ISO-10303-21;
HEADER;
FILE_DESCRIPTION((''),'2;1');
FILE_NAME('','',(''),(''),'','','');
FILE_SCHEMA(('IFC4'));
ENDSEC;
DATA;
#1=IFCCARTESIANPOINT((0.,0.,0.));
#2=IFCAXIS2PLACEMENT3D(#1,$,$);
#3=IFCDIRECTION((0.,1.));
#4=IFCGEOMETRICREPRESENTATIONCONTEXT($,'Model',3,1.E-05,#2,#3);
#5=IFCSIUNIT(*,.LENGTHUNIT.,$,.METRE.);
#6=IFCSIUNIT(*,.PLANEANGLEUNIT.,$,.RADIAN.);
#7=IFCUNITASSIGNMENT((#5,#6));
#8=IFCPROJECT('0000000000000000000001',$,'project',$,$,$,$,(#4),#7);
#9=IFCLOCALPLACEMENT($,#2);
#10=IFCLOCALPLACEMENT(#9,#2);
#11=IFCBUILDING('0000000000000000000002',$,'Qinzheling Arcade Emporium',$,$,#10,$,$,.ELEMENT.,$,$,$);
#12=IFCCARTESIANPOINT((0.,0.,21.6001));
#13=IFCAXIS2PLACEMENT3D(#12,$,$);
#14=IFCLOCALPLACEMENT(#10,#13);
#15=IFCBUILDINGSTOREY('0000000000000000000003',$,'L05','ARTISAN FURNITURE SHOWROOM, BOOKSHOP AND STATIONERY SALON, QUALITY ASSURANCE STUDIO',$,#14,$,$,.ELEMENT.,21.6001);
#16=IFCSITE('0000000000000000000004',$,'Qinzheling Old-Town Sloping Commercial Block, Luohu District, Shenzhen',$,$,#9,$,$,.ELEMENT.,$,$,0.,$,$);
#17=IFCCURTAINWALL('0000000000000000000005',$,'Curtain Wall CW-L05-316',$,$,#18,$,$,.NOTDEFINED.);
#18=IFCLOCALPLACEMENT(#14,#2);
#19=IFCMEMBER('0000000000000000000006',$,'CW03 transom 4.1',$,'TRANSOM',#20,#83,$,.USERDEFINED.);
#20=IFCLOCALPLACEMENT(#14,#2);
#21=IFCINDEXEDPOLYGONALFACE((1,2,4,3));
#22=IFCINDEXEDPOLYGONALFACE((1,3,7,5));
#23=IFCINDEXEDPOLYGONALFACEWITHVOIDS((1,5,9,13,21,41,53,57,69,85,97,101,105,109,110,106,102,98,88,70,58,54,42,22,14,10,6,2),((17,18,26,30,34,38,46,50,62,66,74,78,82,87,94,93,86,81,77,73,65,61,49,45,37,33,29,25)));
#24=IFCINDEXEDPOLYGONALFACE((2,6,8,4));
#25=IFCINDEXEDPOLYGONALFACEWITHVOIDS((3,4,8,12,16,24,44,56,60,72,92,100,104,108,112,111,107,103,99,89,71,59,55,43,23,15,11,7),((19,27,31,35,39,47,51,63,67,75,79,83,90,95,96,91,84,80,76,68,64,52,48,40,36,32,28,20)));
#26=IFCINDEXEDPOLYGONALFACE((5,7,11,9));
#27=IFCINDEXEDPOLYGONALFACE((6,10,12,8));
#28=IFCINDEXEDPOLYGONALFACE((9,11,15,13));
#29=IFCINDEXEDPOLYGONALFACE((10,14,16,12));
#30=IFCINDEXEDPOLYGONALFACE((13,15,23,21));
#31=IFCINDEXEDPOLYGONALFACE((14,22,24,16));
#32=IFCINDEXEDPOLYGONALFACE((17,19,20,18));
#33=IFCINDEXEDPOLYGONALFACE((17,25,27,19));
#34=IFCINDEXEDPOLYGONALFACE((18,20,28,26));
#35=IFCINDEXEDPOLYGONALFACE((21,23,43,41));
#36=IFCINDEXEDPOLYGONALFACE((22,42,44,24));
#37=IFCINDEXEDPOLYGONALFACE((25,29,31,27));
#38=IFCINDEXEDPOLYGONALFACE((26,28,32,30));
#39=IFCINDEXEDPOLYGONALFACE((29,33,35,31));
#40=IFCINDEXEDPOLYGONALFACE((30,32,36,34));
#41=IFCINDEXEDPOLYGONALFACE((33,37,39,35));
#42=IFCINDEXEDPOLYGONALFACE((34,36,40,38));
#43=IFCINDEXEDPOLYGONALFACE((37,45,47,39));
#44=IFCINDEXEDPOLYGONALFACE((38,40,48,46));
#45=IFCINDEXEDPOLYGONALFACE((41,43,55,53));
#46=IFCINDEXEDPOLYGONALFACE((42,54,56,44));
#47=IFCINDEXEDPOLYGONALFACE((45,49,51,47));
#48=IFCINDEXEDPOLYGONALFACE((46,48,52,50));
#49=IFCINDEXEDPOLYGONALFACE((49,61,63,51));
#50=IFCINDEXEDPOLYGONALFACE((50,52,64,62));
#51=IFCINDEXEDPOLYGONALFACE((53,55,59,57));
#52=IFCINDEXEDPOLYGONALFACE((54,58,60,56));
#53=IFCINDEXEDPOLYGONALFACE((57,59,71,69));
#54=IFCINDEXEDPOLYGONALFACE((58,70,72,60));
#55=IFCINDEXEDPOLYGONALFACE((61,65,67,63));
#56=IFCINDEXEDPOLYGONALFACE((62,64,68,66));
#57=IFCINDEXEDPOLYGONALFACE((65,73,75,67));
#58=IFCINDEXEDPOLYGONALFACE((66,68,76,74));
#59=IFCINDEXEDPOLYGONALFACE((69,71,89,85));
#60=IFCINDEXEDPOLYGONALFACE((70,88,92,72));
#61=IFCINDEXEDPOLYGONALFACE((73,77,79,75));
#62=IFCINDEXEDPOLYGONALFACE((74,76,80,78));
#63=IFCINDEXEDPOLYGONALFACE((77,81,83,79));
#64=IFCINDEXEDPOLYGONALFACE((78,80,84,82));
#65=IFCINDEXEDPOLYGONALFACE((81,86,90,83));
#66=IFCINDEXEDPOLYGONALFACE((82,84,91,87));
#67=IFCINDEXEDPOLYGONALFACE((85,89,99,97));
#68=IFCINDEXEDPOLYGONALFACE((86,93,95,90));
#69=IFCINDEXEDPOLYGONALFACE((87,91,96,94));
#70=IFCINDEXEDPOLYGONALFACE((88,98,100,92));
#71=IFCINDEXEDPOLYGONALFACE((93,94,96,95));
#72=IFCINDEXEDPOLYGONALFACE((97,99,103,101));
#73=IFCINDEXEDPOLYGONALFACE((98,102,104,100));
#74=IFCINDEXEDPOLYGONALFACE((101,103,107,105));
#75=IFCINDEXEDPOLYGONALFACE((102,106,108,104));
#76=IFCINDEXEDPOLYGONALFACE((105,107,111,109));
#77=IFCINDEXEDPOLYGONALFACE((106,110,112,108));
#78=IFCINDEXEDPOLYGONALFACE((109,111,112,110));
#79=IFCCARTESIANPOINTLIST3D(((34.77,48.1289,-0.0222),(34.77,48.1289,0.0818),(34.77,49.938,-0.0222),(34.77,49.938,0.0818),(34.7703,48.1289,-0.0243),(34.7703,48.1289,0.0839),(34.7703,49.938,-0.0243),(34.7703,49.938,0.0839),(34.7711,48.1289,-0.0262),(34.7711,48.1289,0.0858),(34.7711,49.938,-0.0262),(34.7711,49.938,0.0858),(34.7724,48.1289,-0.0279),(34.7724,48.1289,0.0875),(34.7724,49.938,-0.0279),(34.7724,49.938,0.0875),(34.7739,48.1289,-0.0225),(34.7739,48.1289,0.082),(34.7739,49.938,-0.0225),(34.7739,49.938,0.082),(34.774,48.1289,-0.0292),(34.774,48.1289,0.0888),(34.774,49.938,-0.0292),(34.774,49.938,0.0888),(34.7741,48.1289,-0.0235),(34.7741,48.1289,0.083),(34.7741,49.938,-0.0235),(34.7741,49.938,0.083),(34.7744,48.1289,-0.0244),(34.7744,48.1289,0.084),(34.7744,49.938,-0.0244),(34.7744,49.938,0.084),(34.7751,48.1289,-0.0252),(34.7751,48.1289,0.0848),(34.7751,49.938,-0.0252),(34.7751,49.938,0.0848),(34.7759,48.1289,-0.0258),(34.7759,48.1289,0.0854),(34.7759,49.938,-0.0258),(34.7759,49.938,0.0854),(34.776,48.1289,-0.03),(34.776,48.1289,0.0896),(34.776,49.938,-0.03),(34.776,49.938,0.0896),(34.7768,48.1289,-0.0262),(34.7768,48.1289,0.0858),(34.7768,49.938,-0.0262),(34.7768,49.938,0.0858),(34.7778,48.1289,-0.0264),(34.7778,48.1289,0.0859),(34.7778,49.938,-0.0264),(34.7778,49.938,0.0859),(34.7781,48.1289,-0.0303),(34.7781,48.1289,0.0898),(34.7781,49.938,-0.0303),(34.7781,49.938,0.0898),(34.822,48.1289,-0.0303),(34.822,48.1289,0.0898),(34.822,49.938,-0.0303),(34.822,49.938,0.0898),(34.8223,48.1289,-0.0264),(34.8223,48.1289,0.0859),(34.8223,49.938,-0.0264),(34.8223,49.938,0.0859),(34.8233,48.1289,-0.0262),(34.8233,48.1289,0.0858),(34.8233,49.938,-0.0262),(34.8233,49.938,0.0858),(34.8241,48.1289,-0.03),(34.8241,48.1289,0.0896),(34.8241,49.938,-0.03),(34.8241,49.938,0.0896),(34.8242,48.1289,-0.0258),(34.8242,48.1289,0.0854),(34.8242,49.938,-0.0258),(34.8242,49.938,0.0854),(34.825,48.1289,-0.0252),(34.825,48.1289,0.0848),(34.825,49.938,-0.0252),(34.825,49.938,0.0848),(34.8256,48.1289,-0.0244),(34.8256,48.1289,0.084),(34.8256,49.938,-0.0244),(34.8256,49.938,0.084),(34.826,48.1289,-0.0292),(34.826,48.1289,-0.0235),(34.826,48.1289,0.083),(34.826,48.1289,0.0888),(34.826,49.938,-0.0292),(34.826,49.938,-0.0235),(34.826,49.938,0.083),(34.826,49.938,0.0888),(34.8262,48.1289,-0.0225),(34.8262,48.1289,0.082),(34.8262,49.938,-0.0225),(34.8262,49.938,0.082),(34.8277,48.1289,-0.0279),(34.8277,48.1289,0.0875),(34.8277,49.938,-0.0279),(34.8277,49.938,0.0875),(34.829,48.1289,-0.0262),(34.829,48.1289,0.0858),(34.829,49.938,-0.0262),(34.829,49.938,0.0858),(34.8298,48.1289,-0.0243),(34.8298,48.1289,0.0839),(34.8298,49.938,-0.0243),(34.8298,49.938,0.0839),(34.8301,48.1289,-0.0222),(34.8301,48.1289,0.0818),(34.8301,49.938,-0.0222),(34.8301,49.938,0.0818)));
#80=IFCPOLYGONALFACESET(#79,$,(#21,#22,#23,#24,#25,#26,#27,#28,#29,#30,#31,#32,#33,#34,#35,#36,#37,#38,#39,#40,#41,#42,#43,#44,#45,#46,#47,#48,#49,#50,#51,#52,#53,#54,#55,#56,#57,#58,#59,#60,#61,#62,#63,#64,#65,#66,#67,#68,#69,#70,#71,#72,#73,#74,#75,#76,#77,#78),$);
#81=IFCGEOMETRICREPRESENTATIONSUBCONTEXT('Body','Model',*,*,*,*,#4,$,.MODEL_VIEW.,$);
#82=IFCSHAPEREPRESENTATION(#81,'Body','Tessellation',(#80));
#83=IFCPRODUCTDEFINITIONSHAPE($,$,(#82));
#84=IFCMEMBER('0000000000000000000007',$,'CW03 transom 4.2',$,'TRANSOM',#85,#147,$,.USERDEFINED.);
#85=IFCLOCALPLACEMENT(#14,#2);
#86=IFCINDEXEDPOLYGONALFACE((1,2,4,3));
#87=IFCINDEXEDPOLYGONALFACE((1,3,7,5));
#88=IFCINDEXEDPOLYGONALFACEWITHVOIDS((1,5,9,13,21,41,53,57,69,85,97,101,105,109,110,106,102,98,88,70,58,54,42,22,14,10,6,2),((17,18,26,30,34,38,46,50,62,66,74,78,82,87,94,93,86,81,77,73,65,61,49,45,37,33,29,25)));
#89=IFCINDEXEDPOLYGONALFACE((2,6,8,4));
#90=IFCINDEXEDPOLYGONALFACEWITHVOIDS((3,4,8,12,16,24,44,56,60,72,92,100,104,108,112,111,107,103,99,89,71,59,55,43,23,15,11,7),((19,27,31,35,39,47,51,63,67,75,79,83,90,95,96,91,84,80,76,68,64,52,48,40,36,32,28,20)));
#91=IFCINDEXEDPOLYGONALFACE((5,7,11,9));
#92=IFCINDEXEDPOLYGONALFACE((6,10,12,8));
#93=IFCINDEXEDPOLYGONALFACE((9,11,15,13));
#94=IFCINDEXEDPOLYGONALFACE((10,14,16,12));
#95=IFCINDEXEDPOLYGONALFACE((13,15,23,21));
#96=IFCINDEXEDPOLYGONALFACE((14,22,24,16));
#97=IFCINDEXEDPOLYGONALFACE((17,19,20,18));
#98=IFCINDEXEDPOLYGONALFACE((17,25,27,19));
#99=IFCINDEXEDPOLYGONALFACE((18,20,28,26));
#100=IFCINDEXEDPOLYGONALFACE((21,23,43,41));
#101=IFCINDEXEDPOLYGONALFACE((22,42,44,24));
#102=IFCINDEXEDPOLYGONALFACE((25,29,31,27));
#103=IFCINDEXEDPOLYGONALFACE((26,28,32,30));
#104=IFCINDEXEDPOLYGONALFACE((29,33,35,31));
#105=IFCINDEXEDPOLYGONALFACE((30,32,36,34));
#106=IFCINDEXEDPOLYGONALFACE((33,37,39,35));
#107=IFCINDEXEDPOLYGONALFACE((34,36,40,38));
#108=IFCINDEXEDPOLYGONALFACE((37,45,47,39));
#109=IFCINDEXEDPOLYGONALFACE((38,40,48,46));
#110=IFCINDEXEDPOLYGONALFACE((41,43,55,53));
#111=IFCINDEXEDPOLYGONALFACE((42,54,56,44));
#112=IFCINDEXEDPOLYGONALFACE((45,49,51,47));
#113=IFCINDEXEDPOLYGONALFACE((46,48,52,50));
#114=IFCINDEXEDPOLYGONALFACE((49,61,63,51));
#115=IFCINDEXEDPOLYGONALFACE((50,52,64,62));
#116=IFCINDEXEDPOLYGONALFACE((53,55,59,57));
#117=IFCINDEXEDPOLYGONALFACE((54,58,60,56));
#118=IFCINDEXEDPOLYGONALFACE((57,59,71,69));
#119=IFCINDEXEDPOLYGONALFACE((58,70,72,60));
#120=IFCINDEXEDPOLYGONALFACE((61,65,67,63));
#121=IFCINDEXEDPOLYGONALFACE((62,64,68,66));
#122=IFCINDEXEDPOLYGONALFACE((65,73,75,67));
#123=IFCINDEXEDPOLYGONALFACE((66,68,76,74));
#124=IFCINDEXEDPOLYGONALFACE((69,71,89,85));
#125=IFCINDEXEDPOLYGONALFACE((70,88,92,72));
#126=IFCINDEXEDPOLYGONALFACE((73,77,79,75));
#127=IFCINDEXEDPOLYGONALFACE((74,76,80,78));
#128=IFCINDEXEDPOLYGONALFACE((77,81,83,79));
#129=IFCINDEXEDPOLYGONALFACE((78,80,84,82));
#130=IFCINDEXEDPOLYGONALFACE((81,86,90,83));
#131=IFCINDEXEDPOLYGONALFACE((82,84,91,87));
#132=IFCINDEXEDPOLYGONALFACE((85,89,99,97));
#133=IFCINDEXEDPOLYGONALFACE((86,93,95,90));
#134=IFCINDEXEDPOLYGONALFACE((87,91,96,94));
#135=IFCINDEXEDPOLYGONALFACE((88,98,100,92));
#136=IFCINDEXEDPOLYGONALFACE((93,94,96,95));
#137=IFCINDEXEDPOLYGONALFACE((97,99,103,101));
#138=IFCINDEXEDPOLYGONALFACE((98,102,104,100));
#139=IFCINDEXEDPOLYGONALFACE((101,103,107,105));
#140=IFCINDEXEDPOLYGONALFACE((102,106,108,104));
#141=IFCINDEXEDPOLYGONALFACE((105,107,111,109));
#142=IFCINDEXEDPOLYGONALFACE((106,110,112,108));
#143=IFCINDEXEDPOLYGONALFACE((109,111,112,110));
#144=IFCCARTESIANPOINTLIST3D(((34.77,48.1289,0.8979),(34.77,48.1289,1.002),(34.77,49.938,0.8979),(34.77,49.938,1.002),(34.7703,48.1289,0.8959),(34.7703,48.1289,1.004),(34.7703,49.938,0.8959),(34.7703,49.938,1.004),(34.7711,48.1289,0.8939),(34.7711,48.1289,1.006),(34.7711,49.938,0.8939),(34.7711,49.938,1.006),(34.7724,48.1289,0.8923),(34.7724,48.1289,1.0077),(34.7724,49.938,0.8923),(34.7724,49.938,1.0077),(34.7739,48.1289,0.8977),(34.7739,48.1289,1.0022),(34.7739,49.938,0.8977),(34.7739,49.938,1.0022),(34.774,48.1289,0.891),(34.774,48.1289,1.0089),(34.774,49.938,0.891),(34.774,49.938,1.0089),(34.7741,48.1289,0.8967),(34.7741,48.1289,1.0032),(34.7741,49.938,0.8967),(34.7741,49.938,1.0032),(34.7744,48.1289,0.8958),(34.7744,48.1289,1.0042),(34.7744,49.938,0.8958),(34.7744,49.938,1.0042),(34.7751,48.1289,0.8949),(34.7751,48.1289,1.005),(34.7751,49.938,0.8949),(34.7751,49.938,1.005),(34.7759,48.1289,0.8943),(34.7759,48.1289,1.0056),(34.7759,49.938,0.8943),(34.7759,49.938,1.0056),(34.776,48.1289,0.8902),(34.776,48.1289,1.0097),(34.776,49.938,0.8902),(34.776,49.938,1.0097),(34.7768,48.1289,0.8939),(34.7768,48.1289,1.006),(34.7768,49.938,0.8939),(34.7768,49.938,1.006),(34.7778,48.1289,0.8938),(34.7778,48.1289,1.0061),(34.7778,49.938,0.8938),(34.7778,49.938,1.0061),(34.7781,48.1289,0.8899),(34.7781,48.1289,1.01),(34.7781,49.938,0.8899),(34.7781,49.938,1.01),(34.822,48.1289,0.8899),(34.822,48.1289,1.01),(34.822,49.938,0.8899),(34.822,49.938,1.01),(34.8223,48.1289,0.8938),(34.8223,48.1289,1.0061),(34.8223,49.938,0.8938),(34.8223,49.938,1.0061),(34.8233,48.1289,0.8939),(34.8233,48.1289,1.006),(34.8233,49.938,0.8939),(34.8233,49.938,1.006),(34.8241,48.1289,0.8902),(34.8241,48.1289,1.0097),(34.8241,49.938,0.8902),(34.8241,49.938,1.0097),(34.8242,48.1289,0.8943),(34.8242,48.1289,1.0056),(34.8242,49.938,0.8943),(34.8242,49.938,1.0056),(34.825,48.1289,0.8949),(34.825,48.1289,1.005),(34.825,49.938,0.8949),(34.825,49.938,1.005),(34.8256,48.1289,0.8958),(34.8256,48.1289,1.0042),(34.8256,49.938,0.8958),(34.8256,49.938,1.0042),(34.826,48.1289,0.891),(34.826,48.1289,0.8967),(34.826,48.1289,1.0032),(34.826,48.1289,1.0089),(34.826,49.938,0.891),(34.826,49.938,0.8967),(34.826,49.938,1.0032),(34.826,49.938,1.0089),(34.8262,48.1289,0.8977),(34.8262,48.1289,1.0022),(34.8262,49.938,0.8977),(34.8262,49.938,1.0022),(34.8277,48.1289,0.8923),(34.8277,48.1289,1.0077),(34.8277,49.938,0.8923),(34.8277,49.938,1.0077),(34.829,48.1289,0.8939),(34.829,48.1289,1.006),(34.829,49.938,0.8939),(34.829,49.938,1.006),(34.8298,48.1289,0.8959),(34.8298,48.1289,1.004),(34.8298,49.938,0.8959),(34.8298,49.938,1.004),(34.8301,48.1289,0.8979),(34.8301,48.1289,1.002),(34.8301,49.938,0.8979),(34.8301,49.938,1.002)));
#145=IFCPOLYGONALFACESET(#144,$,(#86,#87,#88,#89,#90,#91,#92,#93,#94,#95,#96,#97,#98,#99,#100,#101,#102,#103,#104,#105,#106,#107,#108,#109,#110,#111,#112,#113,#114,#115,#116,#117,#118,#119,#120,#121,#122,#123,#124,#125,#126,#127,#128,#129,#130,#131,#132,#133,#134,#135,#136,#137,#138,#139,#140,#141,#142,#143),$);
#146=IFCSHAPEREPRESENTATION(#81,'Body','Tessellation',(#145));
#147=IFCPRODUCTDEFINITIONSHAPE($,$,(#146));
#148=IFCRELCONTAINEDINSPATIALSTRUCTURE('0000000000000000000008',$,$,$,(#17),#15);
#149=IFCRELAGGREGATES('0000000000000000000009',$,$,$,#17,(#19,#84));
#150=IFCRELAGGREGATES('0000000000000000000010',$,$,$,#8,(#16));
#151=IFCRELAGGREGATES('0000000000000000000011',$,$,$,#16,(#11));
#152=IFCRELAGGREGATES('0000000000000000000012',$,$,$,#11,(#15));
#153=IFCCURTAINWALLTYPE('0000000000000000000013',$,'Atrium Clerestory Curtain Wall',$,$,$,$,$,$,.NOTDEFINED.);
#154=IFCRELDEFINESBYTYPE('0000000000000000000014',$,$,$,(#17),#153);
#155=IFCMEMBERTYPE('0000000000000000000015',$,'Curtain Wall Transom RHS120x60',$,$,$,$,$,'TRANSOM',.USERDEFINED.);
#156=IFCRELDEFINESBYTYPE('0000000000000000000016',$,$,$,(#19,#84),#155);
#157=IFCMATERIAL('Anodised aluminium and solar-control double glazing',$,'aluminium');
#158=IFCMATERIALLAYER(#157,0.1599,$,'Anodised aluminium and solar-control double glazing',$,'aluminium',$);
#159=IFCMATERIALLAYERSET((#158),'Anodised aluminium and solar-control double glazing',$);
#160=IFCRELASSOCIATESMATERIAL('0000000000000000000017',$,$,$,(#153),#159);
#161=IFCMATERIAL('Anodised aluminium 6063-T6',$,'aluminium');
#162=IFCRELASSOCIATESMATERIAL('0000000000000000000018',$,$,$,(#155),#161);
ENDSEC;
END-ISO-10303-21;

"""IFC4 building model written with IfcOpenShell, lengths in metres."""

from ifc_helpers import new_model, si_unit, direction, frame, origin, origin_2d, place, context, subcontext, project, spatial, hollow_rectangle, extrude, material, layer, layer_set, material_profile, profile_set, type_object, element, aggregate, save


model = new_model("IFC4")

# Units and contexts
model_context = context("Model", 3, precision=1e-05, world=origin(), true_north=direction((0.0, 1.0)))
body_context = subcontext(model_context, "Body", "Model", "MODEL_VIEW")
ifc_project = project(units=[si_unit("LENGTHUNIT", "METRE"), si_unit("PLANEANGLEUNIT", "RADIAN")], contexts=[model_context])

# Site, building, storey
site_placement = place(None, origin())
site = spatial("IfcSite", under=ifc_project, at=site_placement, Name="Qinzheling Old-Town Sloping Commercial Block, Luohu District, Shenzhen", CompositionType="ELEMENT", RefElevation=0.0)
building_placement = place(site_placement, origin())
building = spatial("IfcBuilding", under=site, at=building_placement, Name="Qinzheling Arcade Emporium", CompositionType="ELEMENT")
storey_placement = place(building_placement, frame((0.0, 0.0, 21.6001)))
storey = spatial("IfcBuildingStorey", under=building, at=storey_placement, Name="L05", Description="ARTISAN FURNITURE SHOWROOM, BOOKSHOP AND STATIONERY SALON, QUALITY ASSURANCE STUDIO", CompositionType="ELEMENT", Elevation=21.6001)

# Curtain wall
ifc_material_1 = material(Name="Anodised aluminium and solar-control double glazing", Category="aluminium")
ifc_layer_1 = layer(ifc_material_1, 0.1599, Name="Anodised aluminium and solar-control double glazing", Category="aluminium")
ifc_layer_set_1 = layer_set([ifc_layer_1], Name="Anodised aluminium and solar-control double glazing")
curtain_wall_type = type_object("IfcCurtainWallType", Name="Atrium Clerestory Curtain Wall", PredefinedType="NOTDEFINED", material=ifc_layer_set_1)
curtain_wall_1_placement = place(storey_placement, origin())
curtain_wall_1 = element("IfcCurtainWall", 1, at=curtain_wall_1_placement, inside=storey, type_object=curtain_wall_type, Name="Curtain Wall CW-L05-316", PredefinedType="NOTDEFINED")
ifc_material_2 = material(Name="Anodised aluminium 6063-T6", Category="aluminium")

# Members
ifc_material_profile_1 = material_profile(ifc_material_2, hollow_rectangle(XDim=0.0601, YDim=0.1201, WallThickness=0.0039, InnerFilletRadius=0.0039, OuterFilletRadius=0.0081, at=origin_2d()), Name="RHS 120x60x4", Category="aluminium")
ifc_profile_set_1 = profile_set([ifc_material_profile_1], Name="Anodised aluminium 6063-T6")
member_type_1 = type_object("IfcMemberType", Name="Curtain Wall Transom RHS120x60", ElementType="TRANSOM", PredefinedType="USERDEFINED", material=ifc_profile_set_1)
member_1_placement = place(storey_placement, frame((34.8, 48.1289, 0.0298), z_axis=(0.0, 1.0, 0.0), x_axis=(-1.0, 0.0, 0.0)))
member_1 = element("IfcMember", 2, at=member_1_placement, type_object=member_type_1, Name="CW03 transom 4.1", ObjectType="TRANSOM", PredefinedType="USERDEFINED", context=body_context, shape_type="SweptSolid", body=[
    extrude(hollow_rectangle(XDim=0.0601, YDim=0.1201, WallThickness=0.0039, InnerFilletRadius=0.0039, OuterFilletRadius=0.0081, at=origin_2d()), origin(), (0.0, 0.0, 1.0), 1.8091),
])
member_2_placement = place(storey_placement, frame((34.8, 48.1289, 0.95), z_axis=(0.0, 1.0, 0.0), x_axis=(-1.0, 0.0, 0.0)))
member_2 = element("IfcMember", 3, at=member_2_placement, type_object=member_type_1, Name="CW03 transom 4.2", ObjectType="TRANSOM", PredefinedType="USERDEFINED", context=body_context, shape_type="SweptSolid", body=[
    extrude(hollow_rectangle(XDim=0.0601, YDim=0.1201, WallThickness=0.0039, InnerFilletRadius=0.0039, OuterFilletRadius=0.0081, at=origin_2d()), origin(), (0.0, 0.0, 1.0), 1.8091),
])

aggregate(curtain_wall_1, [member_1, member_2])

save(model, "model.ifc")
